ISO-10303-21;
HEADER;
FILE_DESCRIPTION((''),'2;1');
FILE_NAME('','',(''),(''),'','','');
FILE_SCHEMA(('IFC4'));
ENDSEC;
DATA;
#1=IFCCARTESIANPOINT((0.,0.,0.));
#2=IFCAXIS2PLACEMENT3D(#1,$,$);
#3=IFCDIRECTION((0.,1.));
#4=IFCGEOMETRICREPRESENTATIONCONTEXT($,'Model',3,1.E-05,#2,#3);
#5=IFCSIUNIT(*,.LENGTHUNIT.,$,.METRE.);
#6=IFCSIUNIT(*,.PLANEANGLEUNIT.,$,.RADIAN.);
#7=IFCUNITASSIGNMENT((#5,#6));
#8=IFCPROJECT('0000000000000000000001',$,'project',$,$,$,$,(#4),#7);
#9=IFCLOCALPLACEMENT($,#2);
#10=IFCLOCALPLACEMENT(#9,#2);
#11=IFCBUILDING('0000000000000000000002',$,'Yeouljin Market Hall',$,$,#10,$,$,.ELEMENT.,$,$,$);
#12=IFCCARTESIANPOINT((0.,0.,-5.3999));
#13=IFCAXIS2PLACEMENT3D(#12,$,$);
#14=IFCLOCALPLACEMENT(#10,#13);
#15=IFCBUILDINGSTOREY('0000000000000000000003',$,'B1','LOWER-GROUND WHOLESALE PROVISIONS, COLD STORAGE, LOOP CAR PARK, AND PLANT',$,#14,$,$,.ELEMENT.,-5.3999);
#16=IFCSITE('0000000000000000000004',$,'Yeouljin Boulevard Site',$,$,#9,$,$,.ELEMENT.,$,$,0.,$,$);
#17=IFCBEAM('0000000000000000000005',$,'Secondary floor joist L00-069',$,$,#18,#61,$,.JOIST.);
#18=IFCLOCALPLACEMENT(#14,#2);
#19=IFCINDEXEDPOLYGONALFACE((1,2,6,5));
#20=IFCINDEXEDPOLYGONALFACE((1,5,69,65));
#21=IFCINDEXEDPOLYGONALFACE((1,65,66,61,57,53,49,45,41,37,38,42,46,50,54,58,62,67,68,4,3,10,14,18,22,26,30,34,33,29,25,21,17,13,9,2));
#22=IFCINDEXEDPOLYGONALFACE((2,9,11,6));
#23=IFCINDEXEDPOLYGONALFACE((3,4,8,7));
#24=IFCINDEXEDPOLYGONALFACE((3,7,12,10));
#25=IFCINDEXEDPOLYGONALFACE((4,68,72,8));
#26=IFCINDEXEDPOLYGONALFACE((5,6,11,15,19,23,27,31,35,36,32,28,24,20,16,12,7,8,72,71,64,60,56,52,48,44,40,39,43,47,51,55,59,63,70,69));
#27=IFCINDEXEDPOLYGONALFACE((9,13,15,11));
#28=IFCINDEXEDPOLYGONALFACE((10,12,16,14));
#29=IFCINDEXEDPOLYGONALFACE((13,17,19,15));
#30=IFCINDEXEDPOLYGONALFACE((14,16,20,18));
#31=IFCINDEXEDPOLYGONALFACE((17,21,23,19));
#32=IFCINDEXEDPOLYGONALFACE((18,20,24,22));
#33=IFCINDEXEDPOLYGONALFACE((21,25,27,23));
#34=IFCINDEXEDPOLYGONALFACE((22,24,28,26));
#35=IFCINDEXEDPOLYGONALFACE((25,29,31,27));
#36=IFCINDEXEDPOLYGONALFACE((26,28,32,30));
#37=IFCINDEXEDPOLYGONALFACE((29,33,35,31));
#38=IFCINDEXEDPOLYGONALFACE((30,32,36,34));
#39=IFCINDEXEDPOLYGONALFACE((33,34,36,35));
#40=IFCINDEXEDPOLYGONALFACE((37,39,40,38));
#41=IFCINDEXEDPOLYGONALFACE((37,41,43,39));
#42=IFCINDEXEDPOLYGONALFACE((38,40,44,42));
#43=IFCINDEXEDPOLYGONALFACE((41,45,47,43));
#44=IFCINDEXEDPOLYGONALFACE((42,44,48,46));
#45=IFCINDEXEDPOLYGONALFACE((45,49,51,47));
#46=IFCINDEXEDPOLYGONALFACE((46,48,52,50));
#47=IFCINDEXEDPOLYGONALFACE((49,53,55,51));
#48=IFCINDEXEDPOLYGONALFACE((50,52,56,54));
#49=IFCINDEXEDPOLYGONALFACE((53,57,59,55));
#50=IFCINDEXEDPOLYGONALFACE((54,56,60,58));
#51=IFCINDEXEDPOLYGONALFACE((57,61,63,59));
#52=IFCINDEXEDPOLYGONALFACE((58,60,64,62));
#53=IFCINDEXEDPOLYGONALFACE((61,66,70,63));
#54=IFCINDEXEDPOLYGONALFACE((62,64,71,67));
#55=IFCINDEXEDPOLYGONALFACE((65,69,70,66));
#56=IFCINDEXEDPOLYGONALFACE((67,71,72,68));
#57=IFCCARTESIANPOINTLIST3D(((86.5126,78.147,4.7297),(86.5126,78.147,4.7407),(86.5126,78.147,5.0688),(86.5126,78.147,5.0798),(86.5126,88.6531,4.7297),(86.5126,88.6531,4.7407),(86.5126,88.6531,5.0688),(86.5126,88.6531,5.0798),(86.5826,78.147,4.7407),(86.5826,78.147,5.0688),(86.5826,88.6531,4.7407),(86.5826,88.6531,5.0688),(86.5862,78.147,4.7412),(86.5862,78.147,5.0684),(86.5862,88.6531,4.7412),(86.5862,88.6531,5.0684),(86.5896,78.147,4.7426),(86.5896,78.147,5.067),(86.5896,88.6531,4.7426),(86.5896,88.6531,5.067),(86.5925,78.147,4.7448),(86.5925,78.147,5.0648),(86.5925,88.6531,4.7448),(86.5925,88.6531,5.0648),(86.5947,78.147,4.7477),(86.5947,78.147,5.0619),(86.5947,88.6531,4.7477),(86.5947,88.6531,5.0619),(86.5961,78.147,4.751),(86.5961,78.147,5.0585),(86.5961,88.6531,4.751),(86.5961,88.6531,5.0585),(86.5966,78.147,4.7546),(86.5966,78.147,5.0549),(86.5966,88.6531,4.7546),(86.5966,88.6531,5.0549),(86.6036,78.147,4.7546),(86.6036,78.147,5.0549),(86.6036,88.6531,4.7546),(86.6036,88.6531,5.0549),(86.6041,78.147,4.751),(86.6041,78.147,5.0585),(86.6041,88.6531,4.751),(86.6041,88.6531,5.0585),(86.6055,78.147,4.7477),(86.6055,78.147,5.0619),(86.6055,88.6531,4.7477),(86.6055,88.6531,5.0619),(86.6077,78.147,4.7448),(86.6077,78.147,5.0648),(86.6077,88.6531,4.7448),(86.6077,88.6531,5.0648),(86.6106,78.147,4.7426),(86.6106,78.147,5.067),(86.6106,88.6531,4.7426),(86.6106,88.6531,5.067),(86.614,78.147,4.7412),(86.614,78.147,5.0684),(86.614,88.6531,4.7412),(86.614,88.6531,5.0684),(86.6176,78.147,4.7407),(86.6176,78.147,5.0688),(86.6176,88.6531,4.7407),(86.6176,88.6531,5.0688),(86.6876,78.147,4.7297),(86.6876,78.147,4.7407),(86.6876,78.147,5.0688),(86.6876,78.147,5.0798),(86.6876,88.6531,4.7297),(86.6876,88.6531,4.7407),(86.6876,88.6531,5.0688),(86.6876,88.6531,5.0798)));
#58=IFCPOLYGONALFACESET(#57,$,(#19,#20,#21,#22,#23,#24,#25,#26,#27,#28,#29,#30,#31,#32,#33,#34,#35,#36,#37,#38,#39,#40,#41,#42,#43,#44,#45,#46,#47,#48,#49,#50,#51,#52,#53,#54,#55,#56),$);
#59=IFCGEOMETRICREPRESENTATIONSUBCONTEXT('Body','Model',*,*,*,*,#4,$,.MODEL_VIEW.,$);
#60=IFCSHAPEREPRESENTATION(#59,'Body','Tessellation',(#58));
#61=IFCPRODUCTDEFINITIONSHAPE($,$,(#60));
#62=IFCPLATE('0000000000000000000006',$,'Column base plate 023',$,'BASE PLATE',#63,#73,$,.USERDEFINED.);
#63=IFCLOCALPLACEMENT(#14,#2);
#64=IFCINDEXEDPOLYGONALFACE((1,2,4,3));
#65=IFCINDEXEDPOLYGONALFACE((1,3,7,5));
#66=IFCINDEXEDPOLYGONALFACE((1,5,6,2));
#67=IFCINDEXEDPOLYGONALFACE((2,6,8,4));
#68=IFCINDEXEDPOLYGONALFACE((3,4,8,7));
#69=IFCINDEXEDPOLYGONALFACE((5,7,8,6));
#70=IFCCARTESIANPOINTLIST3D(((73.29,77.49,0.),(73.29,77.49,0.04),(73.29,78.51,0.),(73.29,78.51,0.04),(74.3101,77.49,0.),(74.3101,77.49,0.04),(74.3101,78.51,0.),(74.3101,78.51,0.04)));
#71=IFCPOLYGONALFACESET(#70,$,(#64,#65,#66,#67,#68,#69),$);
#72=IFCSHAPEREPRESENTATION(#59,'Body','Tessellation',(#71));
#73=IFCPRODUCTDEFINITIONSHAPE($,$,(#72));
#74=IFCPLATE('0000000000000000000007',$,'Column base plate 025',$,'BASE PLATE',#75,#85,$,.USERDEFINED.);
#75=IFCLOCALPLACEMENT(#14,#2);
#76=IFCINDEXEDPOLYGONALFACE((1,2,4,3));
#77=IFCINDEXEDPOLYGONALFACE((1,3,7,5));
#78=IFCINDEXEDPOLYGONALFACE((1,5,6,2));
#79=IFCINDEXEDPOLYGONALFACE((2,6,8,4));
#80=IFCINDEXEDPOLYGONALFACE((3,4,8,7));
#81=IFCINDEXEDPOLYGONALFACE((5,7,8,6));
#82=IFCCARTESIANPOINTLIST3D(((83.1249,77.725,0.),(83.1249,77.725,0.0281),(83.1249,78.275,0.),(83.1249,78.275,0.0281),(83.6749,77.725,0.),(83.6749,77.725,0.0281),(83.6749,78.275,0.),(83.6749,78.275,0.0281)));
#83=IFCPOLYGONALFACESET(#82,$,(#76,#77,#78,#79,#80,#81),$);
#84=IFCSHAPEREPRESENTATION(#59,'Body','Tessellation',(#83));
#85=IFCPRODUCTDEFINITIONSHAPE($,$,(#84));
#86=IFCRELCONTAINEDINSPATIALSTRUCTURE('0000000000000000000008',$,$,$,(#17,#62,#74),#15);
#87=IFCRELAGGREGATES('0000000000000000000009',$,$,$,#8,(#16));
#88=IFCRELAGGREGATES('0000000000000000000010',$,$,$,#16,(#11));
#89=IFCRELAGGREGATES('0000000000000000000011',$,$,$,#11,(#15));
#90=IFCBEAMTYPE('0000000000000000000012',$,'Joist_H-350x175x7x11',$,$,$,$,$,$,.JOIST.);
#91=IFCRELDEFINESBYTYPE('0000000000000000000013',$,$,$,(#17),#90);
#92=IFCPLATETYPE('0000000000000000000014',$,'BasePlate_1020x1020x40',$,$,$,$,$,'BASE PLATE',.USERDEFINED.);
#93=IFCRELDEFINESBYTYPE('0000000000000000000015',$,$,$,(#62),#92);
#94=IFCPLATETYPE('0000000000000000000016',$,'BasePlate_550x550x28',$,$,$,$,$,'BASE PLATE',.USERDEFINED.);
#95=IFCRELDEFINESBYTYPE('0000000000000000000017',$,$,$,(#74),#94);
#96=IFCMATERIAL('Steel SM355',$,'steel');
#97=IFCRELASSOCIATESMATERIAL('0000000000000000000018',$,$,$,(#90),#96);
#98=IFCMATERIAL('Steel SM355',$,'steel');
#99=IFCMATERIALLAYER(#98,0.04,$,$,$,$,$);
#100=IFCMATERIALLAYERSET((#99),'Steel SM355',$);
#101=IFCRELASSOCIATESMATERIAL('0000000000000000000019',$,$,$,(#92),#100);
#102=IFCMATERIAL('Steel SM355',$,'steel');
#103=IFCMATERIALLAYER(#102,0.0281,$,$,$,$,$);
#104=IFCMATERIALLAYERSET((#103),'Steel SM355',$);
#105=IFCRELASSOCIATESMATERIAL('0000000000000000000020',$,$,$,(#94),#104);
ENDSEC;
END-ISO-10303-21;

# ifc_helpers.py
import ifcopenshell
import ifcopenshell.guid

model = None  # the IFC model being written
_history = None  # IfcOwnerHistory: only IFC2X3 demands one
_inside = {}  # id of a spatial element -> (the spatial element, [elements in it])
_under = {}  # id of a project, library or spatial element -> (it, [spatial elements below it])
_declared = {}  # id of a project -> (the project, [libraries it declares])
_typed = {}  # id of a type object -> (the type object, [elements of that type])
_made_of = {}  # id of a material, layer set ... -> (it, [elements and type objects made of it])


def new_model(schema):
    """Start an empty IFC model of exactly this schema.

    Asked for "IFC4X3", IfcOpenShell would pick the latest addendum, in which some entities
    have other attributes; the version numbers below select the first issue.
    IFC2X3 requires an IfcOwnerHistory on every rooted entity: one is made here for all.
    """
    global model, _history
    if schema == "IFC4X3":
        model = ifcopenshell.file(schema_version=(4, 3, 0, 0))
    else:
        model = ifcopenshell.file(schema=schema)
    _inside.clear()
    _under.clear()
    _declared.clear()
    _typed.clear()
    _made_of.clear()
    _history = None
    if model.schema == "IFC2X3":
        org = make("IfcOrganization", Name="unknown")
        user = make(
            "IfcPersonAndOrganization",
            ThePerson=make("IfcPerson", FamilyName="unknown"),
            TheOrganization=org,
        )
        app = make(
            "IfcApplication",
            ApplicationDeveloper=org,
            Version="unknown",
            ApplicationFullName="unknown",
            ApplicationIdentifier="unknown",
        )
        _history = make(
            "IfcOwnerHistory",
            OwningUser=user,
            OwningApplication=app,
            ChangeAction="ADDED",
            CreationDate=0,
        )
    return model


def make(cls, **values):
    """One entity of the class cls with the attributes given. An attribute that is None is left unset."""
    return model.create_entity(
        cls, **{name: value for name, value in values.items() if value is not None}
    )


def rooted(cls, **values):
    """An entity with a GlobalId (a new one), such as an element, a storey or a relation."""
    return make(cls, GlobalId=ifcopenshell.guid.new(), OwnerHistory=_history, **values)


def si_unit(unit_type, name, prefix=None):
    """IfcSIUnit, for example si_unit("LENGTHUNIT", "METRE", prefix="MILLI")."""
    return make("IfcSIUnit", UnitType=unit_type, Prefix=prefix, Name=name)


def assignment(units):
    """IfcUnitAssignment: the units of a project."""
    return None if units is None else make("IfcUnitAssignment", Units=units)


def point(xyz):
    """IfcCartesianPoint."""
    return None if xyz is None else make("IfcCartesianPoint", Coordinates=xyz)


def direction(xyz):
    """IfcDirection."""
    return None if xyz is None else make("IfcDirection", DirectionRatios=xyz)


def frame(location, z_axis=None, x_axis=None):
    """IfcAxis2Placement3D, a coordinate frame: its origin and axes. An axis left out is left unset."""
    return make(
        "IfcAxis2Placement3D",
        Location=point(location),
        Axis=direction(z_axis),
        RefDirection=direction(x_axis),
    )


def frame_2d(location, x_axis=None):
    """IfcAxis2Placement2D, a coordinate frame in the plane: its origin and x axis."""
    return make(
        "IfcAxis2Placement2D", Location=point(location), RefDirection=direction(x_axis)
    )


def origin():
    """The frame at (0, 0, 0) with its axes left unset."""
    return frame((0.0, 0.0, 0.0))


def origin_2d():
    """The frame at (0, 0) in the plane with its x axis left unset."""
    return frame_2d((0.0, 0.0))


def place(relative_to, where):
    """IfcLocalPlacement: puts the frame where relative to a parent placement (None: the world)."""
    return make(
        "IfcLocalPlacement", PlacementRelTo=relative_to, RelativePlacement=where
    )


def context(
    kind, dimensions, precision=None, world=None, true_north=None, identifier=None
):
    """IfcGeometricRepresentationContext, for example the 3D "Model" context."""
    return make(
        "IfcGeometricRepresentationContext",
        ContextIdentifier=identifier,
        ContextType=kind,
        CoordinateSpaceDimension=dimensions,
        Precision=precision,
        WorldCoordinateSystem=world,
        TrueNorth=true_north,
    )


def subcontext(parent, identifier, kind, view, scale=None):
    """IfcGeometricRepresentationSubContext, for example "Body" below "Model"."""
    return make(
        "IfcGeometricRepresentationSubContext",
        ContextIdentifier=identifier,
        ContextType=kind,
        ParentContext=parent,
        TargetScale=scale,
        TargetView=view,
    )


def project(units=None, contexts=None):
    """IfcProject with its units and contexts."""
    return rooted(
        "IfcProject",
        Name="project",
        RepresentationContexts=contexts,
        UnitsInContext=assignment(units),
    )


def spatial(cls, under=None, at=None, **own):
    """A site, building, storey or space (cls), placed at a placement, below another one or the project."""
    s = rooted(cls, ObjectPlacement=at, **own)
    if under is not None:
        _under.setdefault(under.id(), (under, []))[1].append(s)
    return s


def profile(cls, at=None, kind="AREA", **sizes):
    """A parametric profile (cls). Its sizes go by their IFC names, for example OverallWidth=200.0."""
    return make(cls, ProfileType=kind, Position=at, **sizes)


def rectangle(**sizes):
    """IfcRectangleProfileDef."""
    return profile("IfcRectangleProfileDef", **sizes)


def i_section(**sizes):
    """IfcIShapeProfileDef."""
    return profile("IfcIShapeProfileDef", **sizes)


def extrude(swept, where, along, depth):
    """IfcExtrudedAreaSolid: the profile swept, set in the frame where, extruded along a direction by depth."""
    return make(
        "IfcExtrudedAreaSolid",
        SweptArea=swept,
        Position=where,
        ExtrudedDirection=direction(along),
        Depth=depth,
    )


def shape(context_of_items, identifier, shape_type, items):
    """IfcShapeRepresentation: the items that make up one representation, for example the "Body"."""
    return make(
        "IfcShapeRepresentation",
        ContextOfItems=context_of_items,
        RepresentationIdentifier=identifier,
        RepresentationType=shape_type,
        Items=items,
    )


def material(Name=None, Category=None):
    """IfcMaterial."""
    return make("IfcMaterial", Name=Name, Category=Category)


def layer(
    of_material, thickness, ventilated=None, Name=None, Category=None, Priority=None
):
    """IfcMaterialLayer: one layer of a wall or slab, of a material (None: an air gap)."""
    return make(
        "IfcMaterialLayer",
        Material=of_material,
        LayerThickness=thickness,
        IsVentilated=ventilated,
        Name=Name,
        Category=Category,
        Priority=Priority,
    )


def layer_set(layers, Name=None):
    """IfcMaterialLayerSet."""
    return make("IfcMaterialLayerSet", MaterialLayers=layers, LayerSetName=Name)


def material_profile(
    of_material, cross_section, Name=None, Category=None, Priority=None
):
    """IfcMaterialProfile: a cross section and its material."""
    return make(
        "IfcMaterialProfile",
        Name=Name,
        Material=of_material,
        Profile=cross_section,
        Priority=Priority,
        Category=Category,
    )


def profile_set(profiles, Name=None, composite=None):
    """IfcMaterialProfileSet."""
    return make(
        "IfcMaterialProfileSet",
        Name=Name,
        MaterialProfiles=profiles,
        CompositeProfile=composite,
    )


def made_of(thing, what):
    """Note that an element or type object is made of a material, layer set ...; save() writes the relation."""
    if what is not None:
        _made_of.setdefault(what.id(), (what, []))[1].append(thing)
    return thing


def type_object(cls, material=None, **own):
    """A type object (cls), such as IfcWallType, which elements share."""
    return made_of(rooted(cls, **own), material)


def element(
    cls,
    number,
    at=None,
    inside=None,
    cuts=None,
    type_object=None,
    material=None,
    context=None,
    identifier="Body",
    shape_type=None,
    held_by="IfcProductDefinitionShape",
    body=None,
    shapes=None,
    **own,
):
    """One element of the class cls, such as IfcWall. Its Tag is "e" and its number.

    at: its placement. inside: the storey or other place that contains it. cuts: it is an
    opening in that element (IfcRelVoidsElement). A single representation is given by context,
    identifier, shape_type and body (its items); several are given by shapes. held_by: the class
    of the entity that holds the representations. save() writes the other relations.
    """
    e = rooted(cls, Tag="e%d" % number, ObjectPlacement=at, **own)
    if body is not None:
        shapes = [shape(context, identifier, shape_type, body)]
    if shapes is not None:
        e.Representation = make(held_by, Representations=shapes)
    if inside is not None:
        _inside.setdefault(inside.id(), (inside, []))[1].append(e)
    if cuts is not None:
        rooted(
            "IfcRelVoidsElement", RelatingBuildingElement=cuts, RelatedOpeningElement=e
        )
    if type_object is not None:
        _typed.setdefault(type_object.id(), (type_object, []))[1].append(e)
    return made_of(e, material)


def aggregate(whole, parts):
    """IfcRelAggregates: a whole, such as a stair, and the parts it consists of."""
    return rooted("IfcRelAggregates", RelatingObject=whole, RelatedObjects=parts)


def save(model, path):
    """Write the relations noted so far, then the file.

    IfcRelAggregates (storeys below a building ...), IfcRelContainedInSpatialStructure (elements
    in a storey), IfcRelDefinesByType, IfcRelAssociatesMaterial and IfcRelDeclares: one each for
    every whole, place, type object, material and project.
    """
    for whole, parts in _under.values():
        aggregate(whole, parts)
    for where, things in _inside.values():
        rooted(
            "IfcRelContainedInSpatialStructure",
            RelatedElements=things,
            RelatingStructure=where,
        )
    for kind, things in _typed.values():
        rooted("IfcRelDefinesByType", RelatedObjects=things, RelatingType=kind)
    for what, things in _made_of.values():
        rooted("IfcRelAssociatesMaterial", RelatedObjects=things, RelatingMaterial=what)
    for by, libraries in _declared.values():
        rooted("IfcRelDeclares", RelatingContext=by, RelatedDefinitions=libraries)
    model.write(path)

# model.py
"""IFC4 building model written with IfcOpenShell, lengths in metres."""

from ifc_helpers import new_model, si_unit, direction, frame, origin, origin_2d, place, context, subcontext, project, spatial, rectangle, i_section, extrude, material, layer, layer_set, material_profile, profile_set, type_object, element, save


model = new_model("IFC4")

# Units and contexts
model_context = context("Model", 3, precision=1e-05, world=origin(), true_north=direction((0.0, 1.0)))
body_context = subcontext(model_context, "Body", "Model", "MODEL_VIEW")
ifc_project = project(units=[si_unit("LENGTHUNIT", "METRE"), si_unit("PLANEANGLEUNIT", "RADIAN")], contexts=[model_context])

# Site, building, storey
site_placement = place(None, origin())
site = spatial("IfcSite", under=ifc_project, at=site_placement, Name="Yeouljin Boulevard Site", CompositionType="ELEMENT", RefElevation=0.0)
building_placement = place(site_placement, origin())
building = spatial("IfcBuilding", under=site, at=building_placement, Name="Yeouljin Market Hall", CompositionType="ELEMENT")
storey_placement = place(building_placement, frame((0.0, 0.0, -5.3999)))
storey = spatial("IfcBuildingStorey", under=building, at=storey_placement, Name="B1", Description="LOWER-GROUND WHOLESALE PROVISIONS, COLD STORAGE, LOOP CAR PARK, AND PLANT", CompositionType="ELEMENT", Elevation=-5.3999)

# Beam
ifc_material_1 = material(Name="Steel SM355", Category="steel")
ifc_material_profile_1 = material_profile(ifc_material_1, i_section(OverallWidth=0.175, OverallDepth=0.3501, WebThickness=0.0071, FlangeThickness=0.011, FilletRadius=0.0139, at=origin_2d()), Name="H-350x175x7x11")
ifc_profile_set_1 = profile_set([ifc_material_profile_1], Name="Steel SM355")
beam_type_1 = type_object("IfcBeamType", Name="Joist_H-350x175x7x11", PredefinedType="JOIST", material=ifc_profile_set_1)
for number, where, z_axis, x_axis, name in (
    (1, (86.6001, 78.147, 4.9048), (0.0, 1.0, 0.0), (-1.0, 0.0, 0.0), "Secondary floor joist L00-069"),
):
    element("IfcBeam", number, at=place(storey_placement, frame(where, z_axis=z_axis, x_axis=x_axis)), inside=storey, type_object=beam_type_1, Name=name, PredefinedType="JOIST", context=body_context, shape_type="SweptSolid", body=[
        extrude(i_section(OverallWidth=0.175, OverallDepth=0.3501, WebThickness=0.0071, FlangeThickness=0.011, FilletRadius=0.0139, at=origin_2d()), origin(), (0.0, 0.0, 1.0), 10.5061),
    ])

# Plates
ifc_material_2 = material(Name="Steel SM355", Category="steel")
ifc_layer_1 = layer(ifc_material_2, 0.04)
ifc_layer_set_1 = layer_set([ifc_layer_1], Name="Steel SM355")
plate_type_1 = type_object("IfcPlateType", Name="BasePlate_1020x1020x40", ElementType="BASE PLATE", PredefinedType="USERDEFINED", material=ifc_layer_set_1)
plate_1_placement = place(storey_placement, frame((73.8, 78.0, 0.0), z_axis=(0.0, 0.0, 1.0), x_axis=(1.0, 0.0, 0.0)))
element("IfcPlate", 2, at=plate_1_placement, inside=storey, type_object=plate_type_1, Name="Column base plate 023", ObjectType="BASE PLATE", PredefinedType="USERDEFINED", context=body_context, shape_type="SweptSolid", body=[
    extrude(rectangle(XDim=1.02, YDim=1.02, at=origin_2d()), origin(), (0.0, 0.0, 1.0), 0.04),
])
ifc_material_3 = material(Name="Steel SM355", Category="steel")
ifc_layer_2 = layer(ifc_material_3, 0.0281)
ifc_layer_set_2 = layer_set([ifc_layer_2], Name="Steel SM355")
plate_type_2 = type_object("IfcPlateType", Name="BasePlate_550x550x28", ElementType="BASE PLATE", PredefinedType="USERDEFINED", material=ifc_layer_set_2)
plate_2_placement = place(storey_placement, frame((83.3999, 78.0, 0.0), z_axis=(0.0, 0.0, 1.0), x_axis=(1.0, 0.0, 0.0)))
element("IfcPlate", 3, at=plate_2_placement, inside=storey, type_object=plate_type_2, Name="Column base plate 025", ObjectType="BASE PLATE", PredefinedType="USERDEFINED", context=body_context, shape_type="SweptSolid", body=[
    extrude(rectangle(XDim=0.55, YDim=0.55, at=origin_2d()), origin(), (0.0, 0.0, 1.0), 0.0281),
])

save(model, "model.ifc")
